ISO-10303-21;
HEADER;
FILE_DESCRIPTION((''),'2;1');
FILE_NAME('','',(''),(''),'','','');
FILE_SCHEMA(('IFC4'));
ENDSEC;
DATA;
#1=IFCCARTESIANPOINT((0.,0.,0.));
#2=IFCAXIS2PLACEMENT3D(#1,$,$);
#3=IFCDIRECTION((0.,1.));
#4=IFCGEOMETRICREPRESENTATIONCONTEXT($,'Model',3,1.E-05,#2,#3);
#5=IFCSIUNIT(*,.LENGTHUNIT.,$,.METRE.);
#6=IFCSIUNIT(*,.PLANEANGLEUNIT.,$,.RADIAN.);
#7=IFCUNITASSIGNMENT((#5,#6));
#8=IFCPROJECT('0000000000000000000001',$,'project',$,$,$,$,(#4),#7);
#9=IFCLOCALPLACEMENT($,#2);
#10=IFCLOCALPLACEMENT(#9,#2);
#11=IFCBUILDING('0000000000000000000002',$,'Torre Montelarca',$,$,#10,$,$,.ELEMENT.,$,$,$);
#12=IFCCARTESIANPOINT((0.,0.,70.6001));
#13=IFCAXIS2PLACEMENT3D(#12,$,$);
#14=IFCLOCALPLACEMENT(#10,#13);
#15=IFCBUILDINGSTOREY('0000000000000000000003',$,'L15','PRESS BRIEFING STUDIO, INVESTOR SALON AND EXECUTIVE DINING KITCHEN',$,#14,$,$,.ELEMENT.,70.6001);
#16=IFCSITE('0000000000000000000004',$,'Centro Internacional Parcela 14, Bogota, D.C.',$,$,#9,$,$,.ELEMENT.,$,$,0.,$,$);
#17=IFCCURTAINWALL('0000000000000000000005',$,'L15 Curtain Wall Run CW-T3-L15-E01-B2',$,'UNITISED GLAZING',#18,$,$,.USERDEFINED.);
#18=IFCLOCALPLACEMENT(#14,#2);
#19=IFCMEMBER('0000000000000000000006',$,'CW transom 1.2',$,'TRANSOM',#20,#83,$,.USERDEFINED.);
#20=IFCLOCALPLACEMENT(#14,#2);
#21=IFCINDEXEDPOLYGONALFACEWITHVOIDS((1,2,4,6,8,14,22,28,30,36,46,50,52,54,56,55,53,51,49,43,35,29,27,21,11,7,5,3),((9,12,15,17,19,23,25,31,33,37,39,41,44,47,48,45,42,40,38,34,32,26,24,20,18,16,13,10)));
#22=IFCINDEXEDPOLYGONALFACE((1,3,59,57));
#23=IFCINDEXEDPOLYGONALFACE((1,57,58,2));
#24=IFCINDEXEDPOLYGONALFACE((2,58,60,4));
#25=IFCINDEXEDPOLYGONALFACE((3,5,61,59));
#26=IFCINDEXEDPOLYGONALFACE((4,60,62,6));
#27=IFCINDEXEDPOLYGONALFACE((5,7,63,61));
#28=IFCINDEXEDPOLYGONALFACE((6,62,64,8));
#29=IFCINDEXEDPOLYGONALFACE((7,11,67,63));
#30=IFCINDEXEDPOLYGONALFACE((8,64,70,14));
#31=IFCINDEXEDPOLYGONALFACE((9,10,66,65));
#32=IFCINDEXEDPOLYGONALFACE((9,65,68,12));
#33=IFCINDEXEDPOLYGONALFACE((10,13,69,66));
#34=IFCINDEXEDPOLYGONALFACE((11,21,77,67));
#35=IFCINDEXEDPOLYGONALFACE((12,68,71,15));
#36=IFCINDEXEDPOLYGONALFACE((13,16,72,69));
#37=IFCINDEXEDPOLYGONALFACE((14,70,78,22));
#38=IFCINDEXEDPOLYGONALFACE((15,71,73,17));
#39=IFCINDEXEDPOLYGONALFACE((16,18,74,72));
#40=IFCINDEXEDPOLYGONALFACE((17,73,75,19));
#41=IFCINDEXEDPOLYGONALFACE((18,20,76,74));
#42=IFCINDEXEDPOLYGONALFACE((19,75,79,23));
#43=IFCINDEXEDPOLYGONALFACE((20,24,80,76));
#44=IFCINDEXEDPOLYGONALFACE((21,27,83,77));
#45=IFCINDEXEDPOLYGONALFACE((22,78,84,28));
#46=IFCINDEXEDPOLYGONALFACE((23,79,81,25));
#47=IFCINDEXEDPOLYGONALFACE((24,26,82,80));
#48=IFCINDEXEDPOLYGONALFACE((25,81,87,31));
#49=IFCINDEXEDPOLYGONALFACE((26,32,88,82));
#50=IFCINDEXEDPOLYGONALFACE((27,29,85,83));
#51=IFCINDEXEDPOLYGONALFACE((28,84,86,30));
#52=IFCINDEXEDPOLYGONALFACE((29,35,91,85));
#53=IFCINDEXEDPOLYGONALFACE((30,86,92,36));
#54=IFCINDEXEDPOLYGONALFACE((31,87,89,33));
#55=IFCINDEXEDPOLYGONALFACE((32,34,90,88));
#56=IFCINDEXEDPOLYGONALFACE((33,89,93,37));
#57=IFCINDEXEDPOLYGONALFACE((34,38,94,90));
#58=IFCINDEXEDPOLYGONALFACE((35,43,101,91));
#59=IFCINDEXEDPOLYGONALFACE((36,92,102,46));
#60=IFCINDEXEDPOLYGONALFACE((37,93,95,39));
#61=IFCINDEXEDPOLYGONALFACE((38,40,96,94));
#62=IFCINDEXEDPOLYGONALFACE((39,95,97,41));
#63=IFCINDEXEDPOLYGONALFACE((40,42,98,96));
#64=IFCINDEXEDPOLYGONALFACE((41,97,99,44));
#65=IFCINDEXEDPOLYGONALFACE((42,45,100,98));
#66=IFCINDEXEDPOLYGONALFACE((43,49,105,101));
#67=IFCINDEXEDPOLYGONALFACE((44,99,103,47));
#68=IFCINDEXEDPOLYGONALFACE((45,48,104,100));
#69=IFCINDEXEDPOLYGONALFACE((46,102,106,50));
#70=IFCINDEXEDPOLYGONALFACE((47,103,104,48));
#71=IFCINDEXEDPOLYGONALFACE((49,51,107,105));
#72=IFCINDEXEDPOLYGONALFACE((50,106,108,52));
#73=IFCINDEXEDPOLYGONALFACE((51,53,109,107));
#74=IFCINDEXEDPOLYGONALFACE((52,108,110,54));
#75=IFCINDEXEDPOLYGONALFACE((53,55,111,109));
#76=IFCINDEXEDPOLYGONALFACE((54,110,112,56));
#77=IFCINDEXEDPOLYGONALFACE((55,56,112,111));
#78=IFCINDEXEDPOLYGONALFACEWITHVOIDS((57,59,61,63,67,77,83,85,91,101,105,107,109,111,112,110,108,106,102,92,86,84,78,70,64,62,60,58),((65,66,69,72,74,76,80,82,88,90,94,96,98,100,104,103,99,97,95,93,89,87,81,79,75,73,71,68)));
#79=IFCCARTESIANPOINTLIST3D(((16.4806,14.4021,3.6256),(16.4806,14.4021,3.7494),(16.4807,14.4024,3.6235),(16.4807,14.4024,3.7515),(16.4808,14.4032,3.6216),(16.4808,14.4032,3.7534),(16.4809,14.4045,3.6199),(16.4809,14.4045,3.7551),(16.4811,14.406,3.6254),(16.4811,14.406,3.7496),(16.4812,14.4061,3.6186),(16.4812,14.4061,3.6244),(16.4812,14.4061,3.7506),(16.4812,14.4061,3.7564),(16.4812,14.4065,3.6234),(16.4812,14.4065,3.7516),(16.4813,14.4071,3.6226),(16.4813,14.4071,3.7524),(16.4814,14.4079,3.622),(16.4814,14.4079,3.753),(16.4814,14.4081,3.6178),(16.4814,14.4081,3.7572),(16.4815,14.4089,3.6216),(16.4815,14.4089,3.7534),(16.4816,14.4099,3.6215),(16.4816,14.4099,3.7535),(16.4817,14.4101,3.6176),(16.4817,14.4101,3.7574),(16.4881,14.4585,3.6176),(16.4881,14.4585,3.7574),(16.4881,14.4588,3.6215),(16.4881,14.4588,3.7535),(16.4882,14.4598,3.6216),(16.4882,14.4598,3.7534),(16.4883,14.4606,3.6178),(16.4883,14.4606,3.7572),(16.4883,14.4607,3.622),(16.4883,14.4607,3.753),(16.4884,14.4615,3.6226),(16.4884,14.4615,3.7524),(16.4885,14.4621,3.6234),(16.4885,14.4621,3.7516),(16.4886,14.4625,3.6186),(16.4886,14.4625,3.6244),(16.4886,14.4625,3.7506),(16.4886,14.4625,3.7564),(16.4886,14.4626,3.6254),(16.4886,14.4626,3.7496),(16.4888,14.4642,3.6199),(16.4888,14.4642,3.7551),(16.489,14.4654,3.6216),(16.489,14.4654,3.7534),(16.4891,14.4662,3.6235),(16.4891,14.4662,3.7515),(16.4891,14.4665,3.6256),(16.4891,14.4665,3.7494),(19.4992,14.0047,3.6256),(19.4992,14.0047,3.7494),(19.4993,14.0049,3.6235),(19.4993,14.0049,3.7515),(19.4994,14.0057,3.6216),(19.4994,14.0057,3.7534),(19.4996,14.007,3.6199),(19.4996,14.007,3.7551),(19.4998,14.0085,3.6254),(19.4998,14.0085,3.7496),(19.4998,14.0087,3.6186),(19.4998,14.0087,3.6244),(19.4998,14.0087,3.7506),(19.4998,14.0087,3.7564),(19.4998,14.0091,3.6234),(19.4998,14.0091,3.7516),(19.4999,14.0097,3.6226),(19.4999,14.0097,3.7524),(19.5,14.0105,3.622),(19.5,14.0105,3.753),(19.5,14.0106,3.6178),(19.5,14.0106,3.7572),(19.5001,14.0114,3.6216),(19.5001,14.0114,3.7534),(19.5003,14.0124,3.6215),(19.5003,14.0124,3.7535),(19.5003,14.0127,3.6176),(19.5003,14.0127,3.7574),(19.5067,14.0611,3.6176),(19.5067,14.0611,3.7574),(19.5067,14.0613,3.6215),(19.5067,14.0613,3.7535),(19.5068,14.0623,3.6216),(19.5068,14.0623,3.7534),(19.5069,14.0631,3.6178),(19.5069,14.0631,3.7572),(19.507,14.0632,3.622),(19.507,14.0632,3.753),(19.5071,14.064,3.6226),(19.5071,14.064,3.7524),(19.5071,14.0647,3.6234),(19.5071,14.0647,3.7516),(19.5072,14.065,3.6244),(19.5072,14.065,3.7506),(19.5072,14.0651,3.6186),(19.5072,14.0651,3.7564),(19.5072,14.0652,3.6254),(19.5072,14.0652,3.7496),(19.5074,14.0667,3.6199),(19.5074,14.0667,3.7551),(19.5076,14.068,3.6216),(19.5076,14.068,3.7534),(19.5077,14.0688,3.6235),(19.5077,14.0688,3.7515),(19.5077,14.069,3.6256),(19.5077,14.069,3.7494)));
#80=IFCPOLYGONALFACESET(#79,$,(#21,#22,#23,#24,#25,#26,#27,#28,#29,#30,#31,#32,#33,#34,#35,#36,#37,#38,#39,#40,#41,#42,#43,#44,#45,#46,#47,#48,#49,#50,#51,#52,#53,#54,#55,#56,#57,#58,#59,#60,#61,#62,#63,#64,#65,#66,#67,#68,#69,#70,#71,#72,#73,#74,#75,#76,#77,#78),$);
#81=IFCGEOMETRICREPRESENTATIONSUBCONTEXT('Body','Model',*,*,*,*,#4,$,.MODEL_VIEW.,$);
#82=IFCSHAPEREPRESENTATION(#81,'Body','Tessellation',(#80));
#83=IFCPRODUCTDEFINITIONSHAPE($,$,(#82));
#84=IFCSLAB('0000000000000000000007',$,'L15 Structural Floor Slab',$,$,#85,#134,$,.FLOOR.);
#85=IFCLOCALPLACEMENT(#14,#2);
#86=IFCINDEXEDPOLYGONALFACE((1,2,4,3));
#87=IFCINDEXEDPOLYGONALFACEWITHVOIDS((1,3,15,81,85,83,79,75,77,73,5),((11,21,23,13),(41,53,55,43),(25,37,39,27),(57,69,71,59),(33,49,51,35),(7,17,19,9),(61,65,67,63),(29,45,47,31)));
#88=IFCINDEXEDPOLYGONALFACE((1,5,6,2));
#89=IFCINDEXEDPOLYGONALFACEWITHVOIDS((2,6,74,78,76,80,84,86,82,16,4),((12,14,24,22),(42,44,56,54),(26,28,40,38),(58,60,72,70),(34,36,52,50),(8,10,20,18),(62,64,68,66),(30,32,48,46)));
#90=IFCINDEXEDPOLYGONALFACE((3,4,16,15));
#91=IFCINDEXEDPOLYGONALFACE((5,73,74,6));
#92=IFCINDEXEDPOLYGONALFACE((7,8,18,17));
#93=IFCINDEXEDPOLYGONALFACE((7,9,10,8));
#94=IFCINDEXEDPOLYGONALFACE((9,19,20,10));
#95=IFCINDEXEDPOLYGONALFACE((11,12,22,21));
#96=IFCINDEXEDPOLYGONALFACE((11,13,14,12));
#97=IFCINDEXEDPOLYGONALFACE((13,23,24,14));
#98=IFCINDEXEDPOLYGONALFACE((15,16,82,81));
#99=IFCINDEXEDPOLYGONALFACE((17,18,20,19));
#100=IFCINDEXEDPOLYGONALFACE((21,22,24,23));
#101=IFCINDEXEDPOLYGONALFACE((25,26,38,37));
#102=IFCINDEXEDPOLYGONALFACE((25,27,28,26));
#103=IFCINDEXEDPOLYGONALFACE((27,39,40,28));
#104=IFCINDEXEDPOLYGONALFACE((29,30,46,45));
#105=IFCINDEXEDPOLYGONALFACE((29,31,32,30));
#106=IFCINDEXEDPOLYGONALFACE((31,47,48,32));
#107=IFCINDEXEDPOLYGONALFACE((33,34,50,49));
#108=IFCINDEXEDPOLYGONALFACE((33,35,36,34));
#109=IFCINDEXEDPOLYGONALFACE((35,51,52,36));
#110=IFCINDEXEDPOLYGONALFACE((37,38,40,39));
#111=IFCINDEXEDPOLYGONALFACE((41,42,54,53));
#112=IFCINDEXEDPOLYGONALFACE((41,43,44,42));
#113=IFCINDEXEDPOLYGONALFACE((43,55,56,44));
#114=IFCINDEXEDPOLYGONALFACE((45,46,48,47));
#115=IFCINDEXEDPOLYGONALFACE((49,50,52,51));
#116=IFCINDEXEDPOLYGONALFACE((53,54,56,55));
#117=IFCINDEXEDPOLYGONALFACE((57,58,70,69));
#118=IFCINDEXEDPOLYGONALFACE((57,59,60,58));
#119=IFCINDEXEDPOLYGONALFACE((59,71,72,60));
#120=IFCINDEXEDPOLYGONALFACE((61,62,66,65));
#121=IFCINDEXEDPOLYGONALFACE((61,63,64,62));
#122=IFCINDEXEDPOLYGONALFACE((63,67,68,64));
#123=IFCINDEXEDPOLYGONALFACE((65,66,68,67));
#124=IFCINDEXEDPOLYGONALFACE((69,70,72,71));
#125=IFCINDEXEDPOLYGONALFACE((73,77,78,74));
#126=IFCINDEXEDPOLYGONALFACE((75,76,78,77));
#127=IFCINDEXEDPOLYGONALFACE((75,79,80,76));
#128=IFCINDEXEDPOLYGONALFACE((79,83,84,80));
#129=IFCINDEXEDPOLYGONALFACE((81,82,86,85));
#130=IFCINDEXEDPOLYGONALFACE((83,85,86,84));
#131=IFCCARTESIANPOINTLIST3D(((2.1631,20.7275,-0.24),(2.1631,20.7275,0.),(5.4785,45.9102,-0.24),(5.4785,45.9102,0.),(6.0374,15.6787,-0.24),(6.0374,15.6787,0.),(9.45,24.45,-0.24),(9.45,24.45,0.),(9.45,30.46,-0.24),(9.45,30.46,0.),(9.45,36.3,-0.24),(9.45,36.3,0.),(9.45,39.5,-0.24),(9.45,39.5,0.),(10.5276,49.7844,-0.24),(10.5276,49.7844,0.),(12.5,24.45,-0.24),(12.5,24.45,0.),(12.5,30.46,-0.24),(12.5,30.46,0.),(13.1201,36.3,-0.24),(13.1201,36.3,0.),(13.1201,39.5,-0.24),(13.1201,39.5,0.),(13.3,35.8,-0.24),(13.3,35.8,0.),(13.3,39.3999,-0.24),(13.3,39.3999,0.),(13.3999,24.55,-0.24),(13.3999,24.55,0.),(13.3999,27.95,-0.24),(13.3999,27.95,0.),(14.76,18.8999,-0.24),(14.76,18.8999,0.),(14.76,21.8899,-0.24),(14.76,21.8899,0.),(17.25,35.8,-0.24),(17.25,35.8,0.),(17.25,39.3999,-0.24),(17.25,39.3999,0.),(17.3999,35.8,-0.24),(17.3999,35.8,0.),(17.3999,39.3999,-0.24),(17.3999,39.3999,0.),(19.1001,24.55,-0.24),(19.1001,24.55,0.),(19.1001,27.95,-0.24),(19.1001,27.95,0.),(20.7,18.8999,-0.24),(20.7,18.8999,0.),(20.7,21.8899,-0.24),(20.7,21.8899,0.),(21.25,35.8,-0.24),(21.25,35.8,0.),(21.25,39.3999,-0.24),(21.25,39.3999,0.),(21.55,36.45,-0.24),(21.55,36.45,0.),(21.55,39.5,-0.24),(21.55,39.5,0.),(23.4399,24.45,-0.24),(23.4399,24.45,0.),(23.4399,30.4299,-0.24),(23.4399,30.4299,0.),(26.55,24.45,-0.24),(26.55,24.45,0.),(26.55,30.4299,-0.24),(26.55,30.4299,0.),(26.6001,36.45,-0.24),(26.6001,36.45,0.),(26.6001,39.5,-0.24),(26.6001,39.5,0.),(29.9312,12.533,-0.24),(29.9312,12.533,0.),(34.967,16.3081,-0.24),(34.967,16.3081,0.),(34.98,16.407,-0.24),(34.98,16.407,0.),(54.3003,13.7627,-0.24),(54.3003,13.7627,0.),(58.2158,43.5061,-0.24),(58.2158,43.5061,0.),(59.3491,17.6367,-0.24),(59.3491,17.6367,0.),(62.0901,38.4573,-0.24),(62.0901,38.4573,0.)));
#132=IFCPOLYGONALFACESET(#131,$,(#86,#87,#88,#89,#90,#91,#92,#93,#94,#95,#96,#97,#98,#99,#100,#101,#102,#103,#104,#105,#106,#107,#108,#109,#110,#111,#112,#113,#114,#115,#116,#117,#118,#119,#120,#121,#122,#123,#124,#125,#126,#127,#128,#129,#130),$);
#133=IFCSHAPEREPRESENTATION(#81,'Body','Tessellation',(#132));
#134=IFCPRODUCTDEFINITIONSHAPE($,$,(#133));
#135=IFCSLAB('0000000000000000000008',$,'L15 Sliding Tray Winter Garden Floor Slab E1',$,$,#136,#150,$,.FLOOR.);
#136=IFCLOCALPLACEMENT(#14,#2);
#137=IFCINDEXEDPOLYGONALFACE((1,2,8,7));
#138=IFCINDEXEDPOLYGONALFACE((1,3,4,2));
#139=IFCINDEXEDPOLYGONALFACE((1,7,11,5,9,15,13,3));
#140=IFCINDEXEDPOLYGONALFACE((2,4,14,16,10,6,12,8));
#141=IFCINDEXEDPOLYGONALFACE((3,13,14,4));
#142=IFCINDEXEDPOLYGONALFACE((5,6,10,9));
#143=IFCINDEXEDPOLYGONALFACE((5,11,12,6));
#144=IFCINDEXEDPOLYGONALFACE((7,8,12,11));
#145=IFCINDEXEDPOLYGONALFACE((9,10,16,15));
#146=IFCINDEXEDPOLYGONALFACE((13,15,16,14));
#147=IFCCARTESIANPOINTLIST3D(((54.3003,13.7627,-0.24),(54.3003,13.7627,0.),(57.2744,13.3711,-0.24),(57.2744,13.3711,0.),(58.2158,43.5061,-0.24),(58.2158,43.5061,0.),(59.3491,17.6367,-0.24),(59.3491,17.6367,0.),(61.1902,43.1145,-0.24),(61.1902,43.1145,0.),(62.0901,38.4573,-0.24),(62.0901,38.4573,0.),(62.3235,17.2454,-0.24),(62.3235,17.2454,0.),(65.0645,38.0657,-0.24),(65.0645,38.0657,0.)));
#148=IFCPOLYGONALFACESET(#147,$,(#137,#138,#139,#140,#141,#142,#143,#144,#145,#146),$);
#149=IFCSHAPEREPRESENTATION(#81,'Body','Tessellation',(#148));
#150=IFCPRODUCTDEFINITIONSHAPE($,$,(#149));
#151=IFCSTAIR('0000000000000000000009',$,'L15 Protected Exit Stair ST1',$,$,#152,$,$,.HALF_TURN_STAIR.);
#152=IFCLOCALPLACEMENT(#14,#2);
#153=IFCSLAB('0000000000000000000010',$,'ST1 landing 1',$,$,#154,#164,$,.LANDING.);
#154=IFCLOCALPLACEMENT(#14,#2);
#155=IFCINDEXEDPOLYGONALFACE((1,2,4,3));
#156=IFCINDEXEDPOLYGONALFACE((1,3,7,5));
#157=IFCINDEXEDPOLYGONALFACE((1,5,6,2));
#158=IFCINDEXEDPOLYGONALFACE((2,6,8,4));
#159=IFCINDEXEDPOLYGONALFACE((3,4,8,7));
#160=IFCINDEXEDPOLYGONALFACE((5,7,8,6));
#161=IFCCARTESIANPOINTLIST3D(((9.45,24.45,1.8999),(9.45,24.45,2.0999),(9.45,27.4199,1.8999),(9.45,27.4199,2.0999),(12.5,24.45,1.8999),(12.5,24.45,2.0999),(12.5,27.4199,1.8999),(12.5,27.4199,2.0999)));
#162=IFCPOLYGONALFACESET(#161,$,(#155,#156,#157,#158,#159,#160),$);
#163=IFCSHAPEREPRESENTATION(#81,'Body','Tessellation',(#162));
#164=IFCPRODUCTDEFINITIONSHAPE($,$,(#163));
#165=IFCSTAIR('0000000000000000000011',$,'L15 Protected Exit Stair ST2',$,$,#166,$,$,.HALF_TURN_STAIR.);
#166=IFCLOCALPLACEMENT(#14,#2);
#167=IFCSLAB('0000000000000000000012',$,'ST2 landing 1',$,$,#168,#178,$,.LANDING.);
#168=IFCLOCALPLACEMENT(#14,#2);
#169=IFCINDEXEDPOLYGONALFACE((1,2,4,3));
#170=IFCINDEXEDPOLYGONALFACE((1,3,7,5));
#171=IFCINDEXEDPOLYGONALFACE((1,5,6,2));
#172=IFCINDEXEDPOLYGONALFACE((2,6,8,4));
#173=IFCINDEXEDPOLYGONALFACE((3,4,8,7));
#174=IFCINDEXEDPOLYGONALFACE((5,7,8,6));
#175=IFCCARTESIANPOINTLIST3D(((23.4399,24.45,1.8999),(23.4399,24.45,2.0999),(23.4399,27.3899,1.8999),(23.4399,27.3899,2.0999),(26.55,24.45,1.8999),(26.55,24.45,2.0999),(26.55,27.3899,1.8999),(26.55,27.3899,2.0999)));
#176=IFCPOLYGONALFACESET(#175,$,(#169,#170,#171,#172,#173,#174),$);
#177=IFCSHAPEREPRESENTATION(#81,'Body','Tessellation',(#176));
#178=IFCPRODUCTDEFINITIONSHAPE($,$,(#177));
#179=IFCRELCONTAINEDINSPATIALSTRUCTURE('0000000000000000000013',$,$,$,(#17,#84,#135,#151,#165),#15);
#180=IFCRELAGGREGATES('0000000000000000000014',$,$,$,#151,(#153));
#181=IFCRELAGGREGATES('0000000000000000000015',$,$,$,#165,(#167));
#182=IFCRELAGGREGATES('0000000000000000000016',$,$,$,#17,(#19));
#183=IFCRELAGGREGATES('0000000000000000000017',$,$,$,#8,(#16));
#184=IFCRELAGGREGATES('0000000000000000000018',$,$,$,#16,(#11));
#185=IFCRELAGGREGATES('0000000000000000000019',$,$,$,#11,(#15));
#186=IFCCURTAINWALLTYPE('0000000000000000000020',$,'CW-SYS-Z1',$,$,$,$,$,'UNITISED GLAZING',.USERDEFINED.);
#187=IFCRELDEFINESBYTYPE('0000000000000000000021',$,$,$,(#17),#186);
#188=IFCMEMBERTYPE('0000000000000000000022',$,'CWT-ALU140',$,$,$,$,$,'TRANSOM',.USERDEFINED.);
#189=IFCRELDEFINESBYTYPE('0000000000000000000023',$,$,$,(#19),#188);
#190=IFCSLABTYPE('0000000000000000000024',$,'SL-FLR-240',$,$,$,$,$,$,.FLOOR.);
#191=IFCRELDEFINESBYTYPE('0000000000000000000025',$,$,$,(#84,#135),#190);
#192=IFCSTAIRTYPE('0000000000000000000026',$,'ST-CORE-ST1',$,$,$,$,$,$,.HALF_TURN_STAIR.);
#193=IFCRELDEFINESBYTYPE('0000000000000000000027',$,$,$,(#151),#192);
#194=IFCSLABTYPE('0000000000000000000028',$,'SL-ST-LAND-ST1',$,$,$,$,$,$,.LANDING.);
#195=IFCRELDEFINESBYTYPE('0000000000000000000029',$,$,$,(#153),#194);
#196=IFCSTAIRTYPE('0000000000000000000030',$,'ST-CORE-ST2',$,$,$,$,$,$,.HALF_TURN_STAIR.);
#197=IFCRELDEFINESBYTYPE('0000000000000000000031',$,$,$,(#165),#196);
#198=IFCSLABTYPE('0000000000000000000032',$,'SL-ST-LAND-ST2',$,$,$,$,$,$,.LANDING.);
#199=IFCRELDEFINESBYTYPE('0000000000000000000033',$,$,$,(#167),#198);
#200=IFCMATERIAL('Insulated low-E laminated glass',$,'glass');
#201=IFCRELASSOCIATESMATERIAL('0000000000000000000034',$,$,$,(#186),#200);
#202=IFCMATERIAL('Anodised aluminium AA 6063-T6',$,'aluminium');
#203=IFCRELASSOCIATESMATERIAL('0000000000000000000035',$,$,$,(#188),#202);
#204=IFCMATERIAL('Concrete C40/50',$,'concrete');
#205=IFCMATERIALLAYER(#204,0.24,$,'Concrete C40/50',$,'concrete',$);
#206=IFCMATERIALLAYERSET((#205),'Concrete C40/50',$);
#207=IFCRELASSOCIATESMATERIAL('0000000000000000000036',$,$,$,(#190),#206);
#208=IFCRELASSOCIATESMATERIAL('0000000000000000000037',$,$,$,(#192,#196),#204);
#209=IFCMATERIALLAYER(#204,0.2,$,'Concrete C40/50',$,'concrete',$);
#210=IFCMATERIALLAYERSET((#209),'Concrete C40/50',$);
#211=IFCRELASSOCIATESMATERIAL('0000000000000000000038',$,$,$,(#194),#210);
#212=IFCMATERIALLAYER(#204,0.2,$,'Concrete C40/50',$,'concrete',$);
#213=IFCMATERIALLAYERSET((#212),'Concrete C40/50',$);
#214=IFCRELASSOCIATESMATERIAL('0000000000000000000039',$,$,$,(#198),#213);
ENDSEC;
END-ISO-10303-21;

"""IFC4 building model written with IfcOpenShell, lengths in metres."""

from ifc_helpers import new_model, si_unit, direction, frame, origin, origin_2d, place, context, subcontext, project, spatial, polyline, hollow_rectangle, outline, extrude, source, transform, mapped, material, layer, layer_set, material_profile, profile_set, type_object, element, aggregate, save


model = new_model("IFC4")

# Units and contexts
model_context = context("Model", 3, precision=1e-05, world=origin(), true_north=direction((0.0, 1.0)))
body_context = subcontext(model_context, "Body", "Model", "MODEL_VIEW")
ifc_project = project(units=[si_unit("LENGTHUNIT", "METRE"), si_unit("PLANEANGLEUNIT", "RADIAN")], contexts=[model_context])

# Site, building, storey
site_placement = place(None, origin())
site = spatial("IfcSite", under=ifc_project, at=site_placement, Name="Centro Internacional Parcela 14, Bogota, D.C.", CompositionType="ELEMENT", RefElevation=0.0)
building_placement = place(site_placement, origin())
building = spatial("IfcBuilding", under=site, at=building_placement, Name="Torre Montelarca", CompositionType="ELEMENT")
storey_placement = place(building_placement, frame((0.0, 0.0, 70.6001)))
storey = spatial("IfcBuildingStorey", under=building, at=storey_placement, Name="L15", Description="PRESS BRIEFING STUDIO, INVESTOR SALON AND EXECUTIVE DINING KITCHEN", CompositionType="ELEMENT", Elevation=70.6001)

# Shared definitions
ifc_material_1 = material(Name="Insulated low-E laminated glass", Category="glass")
curtain_wall_type = type_object("IfcCurtainWallType", Name="CW-SYS-Z1", ElementType="UNITISED GLAZING", PredefinedType="USERDEFINED", material=ifc_material_1)
ifc_material_2 = material(Name="Anodised aluminium AA 6063-T6", Category="aluminium")

# Curtain wall
curtain_wall_1_placement = place(storey_placement, origin())
curtain_wall_1 = element("IfcCurtainWall", 1, at=curtain_wall_1_placement, inside=storey, type_object=curtain_wall_type, Name="L15 Curtain Wall Run CW-T3-L15-E01-B2", ObjectType="UNITISED GLAZING", PredefinedType="USERDEFINED")

# Member
ifc_material_profile_1 = material_profile(ifc_material_2, hollow_rectangle(XDim=0.0649, YDim=0.1399, WallThickness=0.0039, InnerFilletRadius=0.0039, OuterFilletRadius=0.0081, at=origin_2d()), Name="ALU65X140X4", Category="aluminium")
ifc_profile_set_1 = profile_set([ifc_material_profile_1], Name="Anodised aluminium AA 6063-T6")
member_type_1 = type_object("IfcMemberType", Name="CWT-ALU140", ElementType="TRANSOM", PredefinedType="USERDEFINED", material=ifc_profile_set_1)
shared_shape_1 = source(origin(), body_context, "Body", "SweptSolid", [
    extrude(hollow_rectangle(XDim=0.0649, YDim=0.1399, WallThickness=0.0039, InnerFilletRadius=0.0039, OuterFilletRadius=0.0081, at=origin_2d()), origin(), (0.0, 0.0, 1.0), 3.0447),
])
member_1_placement = place(storey_placement, frame((16.4849, 14.4343, 3.6875), z_axis=(0.991442, -0.130546, 0.0), x_axis=(0.130546, 0.991442, 0.0)))
member_1 = element("IfcMember", 2, at=member_1_placement, type_object=member_type_1, Name="CW transom 1.2", ObjectType="TRANSOM", PredefinedType="USERDEFINED", context=body_context, shape_type="MappedRepresentation", body=[
    mapped(shared_shape_1, transform((0.0, 0.0, 0.0), scale=1.0)),
])

# Slabs
ifc_material_3 = material(Name="Concrete C40/50", Category="concrete")
ifc_layer_1 = layer(ifc_material_3, 0.24, Name="Concrete C40/50", Category="concrete")
ifc_layer_set_1 = layer_set([ifc_layer_1], Name="Concrete C40/50")
slab_type_1 = type_object("IfcSlabType", Name="SL-FLR-240", PredefinedType="FLOOR", material=ifc_layer_set_1)
slab_1_placement = place(storey_placement, frame((0.0, 0.0, -0.24)))
element("IfcSlab", 3, at=slab_1_placement, inside=storey, type_object=slab_type_1, Name="L15 Structural Floor Slab", PredefinedType="FLOOR", context=body_context, shape_type="SweptSolid", body=[
    extrude(outline(polyline([(29.9312, 12.533), (34.98, 16.407), (34.967, 16.3081), (54.3003, 13.7627), (59.3491, 17.6367), (62.0901, 38.4573), (58.2158, 43.5061), (10.5276, 49.7844), (5.4785, 45.9102), (2.1631, 20.7275), (6.0374, 15.6787), (29.9312, 12.533)]), holes=[polyline([(20.7, 18.8999), (14.76, 18.8999), (14.76, 21.8899), (20.7, 21.8899), (20.7, 18.8999)]), polyline([(19.1001, 24.55), (13.3999, 24.55), (13.3999, 27.95), (19.1001, 27.95), (19.1001, 24.55)]), polyline([(23.4399, 24.45), (23.4399, 30.4299), (26.55, 30.4299), (26.55, 24.45), (23.4399, 24.45)]), polyline([(9.45, 24.45), (9.45, 30.46), (12.5, 30.46), (12.5, 24.45), (9.45, 24.45)]), polyline([(17.25, 35.8), (13.3, 35.8), (13.3, 39.3999), (17.25, 39.3999), (17.25, 35.8)]), polyline([(21.25, 35.8), (17.3999, 35.8), (17.3999, 39.3999), (21.25, 39.3999), (21.25, 35.8)]), polyline([(13.1201, 36.3), (9.45, 36.3), (9.45, 39.5), (13.1201, 39.5), (13.1201, 36.3)]), polyline([(26.6001, 36.45), (21.55, 36.45), (21.55, 39.5), (26.6001, 39.5), (26.6001, 36.45)])]), origin(), (0.0, 0.0, 1.0), 0.24),
])
slab_2_placement = place(storey_placement, frame((0.0, 0.0, -0.24)))
element("IfcSlab", 4, at=slab_2_placement, inside=storey, type_object=slab_type_1, Name="L15 Sliding Tray Winter Garden Floor Slab E1", PredefinedType="FLOOR", context=body_context, shape_type="SweptSolid", body=[
    extrude(outline(polyline([(58.2158, 43.5061), (62.0901, 38.4573), (59.3491, 17.6367), (54.3003, 13.7627), (57.2744, 13.3711), (62.3235, 17.2454), (65.0645, 38.0657), (61.1902, 43.1145), (58.2158, 43.5061)])), origin(), (0.0, 0.0, 1.0), 0.24),
])

# Stairs, slabs
stair_type_1 = type_object("IfcStairType", Name="ST-CORE-ST1", PredefinedType="HALF_TURN_STAIR", material=ifc_material_3)
stair_1_placement = place(storey_placement, origin())
stair_1 = element("IfcStair", 5, at=stair_1_placement, inside=storey, type_object=stair_type_1, Name="L15 Protected Exit Stair ST1", PredefinedType="HALF_TURN_STAIR")
ifc_layer_2 = layer(ifc_material_3, 0.2, Name="Concrete C40/50", Category="concrete")
ifc_layer_set_2 = layer_set([ifc_layer_2], Name="Concrete C40/50")
slab_type_2 = type_object("IfcSlabType", Name="SL-ST-LAND-ST1", PredefinedType="LANDING", material=ifc_layer_set_2)
slab_3_placement = place(storey_placement, frame((0.0, 0.0, 1.8999)))
slab_3 = element("IfcSlab", 6, at=slab_3_placement, type_object=slab_type_2, Name="ST1 landing 1", PredefinedType="LANDING", context=body_context, shape_type="SweptSolid", body=[
    extrude(outline(polyline([(9.45, 27.4199), (9.45, 24.45), (12.5, 24.45), (12.5, 27.4199), (9.45, 27.4199)])), origin(), (0.0, 0.0, 1.0), 0.2),
])
aggregate(stair_1, [slab_3])
stair_type_2 = type_object("IfcStairType", Name="ST-CORE-ST2", PredefinedType="HALF_TURN_STAIR", material=ifc_material_3)
stair_2_placement = place(storey_placement, origin())
stair_2 = element("IfcStair", 7, at=stair_2_placement, inside=storey, type_object=stair_type_2, Name="L15 Protected Exit Stair ST2", PredefinedType="HALF_TURN_STAIR")
ifc_layer_3 = layer(ifc_material_3, 0.2, Name="Concrete C40/50", Category="concrete")
ifc_layer_set_3 = layer_set([ifc_layer_3], Name="Concrete C40/50")
slab_type_3 = type_object("IfcSlabType", Name="SL-ST-LAND-ST2", PredefinedType="LANDING", material=ifc_layer_set_3)
slab_4_placement = place(storey_placement, frame((0.0, 0.0, 1.8999)))
slab_4 = element("IfcSlab", 8, at=slab_4_placement, type_object=slab_type_3, Name="ST2 landing 1", PredefinedType="LANDING", context=body_context, shape_type="SweptSolid", body=[
    extrude(outline(polyline([(23.4399, 27.3899), (23.4399, 24.45), (26.55, 24.45), (26.55, 27.3899), (23.4399, 27.3899)])), origin(), (0.0, 0.0, 1.0), 0.2),
])
aggregate(stair_2, [slab_4])

aggregate(curtain_wall_1, [member_1])

save(model, "model.ifc")
